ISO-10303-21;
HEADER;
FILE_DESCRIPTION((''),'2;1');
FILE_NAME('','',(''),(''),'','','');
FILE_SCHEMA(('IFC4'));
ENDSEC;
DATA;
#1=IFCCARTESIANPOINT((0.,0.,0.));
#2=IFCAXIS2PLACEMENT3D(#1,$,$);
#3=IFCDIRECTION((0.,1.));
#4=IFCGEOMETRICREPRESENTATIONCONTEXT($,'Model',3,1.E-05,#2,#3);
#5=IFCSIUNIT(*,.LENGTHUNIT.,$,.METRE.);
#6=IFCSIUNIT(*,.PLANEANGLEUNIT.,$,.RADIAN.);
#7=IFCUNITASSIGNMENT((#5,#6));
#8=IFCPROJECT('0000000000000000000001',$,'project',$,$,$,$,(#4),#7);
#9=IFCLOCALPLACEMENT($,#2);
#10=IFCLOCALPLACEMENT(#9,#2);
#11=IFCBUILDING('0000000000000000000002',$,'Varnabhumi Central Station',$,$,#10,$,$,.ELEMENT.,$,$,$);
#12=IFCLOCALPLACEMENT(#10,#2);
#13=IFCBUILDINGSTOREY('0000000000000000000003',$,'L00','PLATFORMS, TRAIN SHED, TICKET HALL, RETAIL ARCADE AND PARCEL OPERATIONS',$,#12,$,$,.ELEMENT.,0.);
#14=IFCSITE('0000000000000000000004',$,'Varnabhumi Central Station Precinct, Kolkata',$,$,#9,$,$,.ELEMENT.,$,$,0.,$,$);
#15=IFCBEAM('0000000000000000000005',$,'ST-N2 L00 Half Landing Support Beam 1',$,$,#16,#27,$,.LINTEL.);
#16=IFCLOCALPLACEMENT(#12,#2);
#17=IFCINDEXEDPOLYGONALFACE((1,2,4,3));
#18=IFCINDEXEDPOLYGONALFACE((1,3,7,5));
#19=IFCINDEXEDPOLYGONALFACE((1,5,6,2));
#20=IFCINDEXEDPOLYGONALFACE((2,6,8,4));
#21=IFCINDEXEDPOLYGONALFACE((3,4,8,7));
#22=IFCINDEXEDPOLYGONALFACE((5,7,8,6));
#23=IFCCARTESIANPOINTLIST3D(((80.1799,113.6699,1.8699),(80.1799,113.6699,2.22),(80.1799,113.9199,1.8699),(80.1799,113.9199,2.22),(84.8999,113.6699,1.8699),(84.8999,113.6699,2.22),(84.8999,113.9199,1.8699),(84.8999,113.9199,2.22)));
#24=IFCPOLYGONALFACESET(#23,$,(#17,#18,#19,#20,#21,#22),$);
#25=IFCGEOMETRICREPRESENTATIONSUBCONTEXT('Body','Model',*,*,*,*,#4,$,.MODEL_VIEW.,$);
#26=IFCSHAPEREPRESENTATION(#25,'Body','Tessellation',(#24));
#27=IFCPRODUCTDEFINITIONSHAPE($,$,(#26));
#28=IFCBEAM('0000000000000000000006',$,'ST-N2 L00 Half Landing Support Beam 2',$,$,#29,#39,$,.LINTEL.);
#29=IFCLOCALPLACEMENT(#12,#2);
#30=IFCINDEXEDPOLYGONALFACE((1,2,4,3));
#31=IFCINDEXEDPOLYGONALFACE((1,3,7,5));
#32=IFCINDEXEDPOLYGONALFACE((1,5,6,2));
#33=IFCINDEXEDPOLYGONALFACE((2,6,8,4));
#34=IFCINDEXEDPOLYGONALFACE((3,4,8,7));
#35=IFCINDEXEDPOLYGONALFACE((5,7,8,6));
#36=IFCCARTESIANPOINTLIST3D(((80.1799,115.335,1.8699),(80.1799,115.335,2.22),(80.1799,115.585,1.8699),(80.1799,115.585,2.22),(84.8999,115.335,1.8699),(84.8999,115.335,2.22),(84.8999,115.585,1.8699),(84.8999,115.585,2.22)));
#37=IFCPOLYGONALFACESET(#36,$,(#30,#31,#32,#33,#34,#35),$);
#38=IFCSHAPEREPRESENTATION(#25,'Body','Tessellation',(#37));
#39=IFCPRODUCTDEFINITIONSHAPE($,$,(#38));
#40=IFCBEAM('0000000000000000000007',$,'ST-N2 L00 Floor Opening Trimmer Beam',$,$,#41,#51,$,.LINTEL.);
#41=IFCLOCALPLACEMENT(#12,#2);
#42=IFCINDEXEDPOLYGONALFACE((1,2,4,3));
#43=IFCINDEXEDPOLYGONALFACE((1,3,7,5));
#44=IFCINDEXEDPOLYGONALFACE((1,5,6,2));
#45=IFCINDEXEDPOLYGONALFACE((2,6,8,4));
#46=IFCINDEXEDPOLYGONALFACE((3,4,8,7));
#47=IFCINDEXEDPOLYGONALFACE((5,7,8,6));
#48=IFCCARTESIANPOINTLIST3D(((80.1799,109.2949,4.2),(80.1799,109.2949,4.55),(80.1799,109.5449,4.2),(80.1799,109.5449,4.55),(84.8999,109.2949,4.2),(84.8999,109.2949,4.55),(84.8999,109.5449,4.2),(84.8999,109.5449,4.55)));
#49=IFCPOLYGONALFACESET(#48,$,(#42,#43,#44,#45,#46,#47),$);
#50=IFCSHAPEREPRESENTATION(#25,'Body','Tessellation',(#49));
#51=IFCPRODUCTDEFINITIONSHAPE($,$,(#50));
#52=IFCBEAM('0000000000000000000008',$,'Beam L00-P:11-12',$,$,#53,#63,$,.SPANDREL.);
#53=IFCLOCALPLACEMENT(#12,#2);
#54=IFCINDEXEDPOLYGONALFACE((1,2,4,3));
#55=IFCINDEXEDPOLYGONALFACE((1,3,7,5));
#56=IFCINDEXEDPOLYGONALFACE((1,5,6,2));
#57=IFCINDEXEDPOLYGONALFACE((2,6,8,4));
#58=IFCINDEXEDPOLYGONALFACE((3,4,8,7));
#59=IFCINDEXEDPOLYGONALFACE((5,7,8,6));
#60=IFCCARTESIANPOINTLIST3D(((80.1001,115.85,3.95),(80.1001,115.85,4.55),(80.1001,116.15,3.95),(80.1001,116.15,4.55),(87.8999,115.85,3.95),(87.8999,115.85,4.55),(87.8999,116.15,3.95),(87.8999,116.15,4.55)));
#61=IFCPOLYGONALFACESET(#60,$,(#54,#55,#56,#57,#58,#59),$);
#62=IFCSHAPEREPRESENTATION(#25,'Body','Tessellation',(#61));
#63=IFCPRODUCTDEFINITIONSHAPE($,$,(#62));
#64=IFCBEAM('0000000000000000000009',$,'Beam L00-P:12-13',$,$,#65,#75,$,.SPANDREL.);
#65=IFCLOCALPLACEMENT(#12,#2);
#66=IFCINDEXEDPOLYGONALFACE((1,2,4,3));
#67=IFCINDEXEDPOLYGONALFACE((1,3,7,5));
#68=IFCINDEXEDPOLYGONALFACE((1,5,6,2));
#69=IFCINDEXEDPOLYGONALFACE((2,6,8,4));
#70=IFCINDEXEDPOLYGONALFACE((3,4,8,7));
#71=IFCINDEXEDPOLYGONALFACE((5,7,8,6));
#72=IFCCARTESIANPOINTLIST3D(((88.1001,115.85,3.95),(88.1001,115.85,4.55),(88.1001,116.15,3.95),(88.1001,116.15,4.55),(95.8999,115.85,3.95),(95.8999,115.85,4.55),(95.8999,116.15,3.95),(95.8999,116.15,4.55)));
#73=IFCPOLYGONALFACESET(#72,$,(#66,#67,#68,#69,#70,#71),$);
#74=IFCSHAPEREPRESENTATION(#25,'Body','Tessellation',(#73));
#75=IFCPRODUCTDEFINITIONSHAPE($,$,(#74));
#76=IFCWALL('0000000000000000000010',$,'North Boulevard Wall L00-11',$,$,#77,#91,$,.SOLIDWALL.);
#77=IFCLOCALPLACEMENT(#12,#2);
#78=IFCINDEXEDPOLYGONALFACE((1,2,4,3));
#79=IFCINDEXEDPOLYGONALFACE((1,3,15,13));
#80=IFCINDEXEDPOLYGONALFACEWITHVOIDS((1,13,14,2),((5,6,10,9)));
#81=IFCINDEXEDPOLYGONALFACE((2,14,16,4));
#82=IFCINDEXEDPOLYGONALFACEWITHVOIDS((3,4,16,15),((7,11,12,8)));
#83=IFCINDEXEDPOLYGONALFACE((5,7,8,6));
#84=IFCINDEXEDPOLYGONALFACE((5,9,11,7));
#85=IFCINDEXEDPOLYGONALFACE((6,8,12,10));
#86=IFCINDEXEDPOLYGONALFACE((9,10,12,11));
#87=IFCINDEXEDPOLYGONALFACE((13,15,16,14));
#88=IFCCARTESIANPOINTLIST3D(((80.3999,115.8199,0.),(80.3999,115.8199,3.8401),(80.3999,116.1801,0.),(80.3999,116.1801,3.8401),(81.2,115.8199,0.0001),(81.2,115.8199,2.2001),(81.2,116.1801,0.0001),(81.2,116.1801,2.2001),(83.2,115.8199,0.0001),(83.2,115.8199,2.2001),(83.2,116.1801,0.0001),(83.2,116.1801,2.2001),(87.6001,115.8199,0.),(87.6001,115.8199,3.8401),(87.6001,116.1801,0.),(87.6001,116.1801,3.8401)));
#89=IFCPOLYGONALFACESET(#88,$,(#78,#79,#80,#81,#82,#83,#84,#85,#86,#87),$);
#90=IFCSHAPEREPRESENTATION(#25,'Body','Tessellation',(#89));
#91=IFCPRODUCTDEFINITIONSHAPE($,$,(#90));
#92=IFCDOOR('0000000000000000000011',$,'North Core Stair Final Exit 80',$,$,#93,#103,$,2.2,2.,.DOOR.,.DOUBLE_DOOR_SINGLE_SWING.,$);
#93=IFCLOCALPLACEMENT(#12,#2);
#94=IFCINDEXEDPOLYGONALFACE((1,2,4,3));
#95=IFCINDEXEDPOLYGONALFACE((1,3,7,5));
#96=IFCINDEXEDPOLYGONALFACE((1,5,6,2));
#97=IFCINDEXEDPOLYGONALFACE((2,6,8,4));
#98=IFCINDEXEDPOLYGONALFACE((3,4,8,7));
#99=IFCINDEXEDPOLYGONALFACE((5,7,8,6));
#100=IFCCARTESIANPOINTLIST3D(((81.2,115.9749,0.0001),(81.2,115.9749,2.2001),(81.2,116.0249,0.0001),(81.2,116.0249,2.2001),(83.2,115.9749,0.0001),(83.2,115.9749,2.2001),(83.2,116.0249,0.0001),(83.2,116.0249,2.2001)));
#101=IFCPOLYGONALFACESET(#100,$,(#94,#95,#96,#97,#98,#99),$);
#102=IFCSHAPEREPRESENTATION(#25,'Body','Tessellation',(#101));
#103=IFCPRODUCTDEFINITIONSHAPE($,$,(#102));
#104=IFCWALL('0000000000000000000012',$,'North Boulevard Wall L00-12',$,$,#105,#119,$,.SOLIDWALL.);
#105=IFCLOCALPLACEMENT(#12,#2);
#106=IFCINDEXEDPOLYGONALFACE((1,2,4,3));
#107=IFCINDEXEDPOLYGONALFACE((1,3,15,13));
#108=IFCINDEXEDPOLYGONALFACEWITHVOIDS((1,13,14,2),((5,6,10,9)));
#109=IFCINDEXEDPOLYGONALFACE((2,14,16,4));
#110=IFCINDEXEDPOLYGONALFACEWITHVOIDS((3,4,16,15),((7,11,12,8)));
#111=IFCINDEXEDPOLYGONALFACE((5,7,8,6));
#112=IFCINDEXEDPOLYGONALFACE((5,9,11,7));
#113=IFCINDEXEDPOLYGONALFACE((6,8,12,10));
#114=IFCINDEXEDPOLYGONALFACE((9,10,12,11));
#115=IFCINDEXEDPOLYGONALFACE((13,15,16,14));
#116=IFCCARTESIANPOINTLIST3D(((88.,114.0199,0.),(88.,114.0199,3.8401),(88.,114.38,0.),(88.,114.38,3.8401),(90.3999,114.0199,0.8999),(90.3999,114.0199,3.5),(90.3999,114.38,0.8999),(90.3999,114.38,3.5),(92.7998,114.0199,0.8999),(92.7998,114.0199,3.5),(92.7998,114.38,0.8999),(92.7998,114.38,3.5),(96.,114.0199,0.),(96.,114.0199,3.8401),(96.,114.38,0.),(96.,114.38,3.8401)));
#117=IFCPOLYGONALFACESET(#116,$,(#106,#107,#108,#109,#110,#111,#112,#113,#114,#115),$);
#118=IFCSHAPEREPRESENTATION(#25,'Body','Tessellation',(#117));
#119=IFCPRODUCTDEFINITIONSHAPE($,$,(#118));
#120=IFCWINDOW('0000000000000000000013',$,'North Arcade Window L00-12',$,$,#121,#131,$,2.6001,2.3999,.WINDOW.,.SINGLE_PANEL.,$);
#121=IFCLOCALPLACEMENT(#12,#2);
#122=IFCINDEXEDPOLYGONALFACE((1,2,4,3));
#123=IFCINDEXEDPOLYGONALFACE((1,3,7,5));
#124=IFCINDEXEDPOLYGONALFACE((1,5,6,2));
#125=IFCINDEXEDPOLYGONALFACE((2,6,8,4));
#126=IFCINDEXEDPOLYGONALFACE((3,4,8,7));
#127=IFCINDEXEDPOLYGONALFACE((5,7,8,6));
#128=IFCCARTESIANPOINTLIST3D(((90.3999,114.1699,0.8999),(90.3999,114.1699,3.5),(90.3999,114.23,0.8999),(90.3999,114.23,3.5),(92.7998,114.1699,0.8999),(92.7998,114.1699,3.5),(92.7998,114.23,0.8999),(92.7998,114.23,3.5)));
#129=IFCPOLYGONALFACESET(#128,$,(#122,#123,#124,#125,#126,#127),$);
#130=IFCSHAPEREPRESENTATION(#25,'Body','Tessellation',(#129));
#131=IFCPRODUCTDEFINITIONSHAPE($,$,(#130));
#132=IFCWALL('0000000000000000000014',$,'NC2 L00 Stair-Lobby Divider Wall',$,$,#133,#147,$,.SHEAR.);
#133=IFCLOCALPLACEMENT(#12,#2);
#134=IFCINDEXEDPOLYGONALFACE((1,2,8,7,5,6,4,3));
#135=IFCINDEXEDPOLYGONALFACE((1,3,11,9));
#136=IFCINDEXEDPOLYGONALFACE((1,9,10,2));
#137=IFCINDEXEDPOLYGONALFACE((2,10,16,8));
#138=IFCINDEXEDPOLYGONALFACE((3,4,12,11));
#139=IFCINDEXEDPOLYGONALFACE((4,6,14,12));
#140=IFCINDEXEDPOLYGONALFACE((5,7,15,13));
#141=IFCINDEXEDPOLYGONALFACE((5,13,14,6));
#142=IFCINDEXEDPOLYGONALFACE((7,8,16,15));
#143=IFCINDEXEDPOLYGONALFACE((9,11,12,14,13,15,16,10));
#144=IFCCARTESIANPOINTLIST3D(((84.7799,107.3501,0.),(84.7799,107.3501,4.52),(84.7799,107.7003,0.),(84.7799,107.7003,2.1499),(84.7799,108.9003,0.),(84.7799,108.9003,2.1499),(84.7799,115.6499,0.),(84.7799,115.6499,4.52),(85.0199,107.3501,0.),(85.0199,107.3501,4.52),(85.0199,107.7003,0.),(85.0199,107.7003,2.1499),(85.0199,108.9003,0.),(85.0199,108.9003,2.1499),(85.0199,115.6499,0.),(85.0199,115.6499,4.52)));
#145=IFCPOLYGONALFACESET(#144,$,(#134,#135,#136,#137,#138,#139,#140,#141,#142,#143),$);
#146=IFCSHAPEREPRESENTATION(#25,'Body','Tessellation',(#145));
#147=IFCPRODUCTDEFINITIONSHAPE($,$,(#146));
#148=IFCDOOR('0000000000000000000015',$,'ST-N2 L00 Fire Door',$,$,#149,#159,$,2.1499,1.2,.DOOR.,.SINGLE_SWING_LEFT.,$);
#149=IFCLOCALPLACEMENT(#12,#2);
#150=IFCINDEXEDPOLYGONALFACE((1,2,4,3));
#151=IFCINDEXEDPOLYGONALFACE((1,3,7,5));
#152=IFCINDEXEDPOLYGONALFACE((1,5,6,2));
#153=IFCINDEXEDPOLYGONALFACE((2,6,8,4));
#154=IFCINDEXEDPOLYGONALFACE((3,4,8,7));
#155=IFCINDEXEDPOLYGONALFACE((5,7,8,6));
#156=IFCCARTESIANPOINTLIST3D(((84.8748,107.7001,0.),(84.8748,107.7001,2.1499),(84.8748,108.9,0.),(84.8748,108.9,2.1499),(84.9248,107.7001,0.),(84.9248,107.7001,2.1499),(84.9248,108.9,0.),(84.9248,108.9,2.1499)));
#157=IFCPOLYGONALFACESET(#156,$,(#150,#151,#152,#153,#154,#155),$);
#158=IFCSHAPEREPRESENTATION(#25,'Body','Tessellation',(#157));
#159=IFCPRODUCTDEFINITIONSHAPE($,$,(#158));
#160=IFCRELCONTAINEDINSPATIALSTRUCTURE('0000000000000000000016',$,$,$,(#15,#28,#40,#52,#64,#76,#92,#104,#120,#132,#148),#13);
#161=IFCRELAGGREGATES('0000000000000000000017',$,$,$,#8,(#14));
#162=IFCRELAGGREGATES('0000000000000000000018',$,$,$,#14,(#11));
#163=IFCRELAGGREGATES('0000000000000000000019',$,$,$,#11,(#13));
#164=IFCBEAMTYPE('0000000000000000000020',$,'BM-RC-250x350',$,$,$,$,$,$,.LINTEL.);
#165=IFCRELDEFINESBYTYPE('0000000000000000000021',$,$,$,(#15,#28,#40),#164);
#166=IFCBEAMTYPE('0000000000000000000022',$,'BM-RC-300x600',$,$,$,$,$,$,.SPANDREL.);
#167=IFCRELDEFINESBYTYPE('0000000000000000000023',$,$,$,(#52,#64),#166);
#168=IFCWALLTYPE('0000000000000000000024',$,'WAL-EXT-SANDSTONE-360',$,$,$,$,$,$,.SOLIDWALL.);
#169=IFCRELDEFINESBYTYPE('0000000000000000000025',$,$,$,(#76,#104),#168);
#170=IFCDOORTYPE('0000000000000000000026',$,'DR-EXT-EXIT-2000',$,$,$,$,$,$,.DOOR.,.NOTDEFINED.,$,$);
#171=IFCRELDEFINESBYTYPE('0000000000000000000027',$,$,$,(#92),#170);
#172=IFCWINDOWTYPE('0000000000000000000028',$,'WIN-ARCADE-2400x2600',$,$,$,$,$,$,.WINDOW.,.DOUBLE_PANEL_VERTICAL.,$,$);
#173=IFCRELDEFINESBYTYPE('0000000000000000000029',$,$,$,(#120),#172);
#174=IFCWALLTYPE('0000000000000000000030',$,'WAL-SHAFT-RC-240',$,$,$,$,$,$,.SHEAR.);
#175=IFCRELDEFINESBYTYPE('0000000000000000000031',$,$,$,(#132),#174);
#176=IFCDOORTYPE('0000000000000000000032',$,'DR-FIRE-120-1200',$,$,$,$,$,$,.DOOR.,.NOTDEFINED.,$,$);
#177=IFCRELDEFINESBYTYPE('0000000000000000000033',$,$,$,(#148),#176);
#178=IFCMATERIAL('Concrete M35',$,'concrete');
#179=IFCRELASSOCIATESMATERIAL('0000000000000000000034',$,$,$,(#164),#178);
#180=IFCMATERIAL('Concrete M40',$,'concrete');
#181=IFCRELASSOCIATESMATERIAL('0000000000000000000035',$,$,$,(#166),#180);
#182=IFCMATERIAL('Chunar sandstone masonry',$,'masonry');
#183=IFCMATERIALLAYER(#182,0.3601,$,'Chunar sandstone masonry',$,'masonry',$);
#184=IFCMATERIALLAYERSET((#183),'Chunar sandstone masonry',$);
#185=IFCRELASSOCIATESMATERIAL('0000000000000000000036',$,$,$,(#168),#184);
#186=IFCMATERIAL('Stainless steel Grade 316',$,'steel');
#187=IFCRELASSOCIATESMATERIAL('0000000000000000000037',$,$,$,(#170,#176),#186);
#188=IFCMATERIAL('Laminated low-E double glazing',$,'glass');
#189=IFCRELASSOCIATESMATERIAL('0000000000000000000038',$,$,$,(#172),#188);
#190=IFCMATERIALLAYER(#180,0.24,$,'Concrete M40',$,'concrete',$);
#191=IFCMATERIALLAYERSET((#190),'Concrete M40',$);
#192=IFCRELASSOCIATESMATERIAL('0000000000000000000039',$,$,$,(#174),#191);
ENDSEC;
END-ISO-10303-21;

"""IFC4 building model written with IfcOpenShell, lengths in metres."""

from ifc_helpers import new_model, si_unit, direction, frame, frame_2d, origin, origin_2d, place, context, subcontext, project, spatial, rectangle, extrude, material, layer, layer_set, material_profile, profile_set, type_object, element, fill, save


model = new_model("IFC4")

# Units and contexts
model_context = context("Model", 3, precision=1e-05, world=origin(), true_north=direction((0.0, 1.0)))
body_context = subcontext(model_context, "Body", "Model", "MODEL_VIEW")
ifc_project = project(units=[si_unit("LENGTHUNIT", "METRE"), si_unit("PLANEANGLEUNIT", "RADIAN")], contexts=[model_context])

# Site, building, storey
site_placement = place(None, origin())
site = spatial("IfcSite", under=ifc_project, at=site_placement, Name="Varnabhumi Central Station Precinct, Kolkata", CompositionType="ELEMENT", RefElevation=0.0)
building_placement = place(site_placement, origin())
building = spatial("IfcBuilding", under=site, at=building_placement, Name="Varnabhumi Central Station", CompositionType="ELEMENT")
storey_placement = place(building_placement, origin())
storey = spatial("IfcBuildingStorey", under=building, at=storey_placement, Name="L00", Description="PLATFORMS, TRAIN SHED, TICKET HALL, RETAIL ARCADE AND PARCEL OPERATIONS", CompositionType="ELEMENT", Elevation=0.0)

# Shared definitions
ifc_material_1 = material(Name="Concrete M40", Category="concrete")

# Shared definitions
ifc_material_2 = material(Name="Concrete M35", Category="concrete")

# Beams
ifc_material_profile_1 = material_profile(ifc_material_2, rectangle(XDim=0.25, YDim=0.3501, at=origin_2d()), Name="Concrete M35", Category="concrete")
ifc_profile_set_1 = profile_set([ifc_material_profile_1], Name="Concrete M35")
beam_type_1 = type_object("IfcBeamType", Name="BM-RC-250x350", PredefinedType="LINTEL", material=ifc_profile_set_1)
for number, where, z_axis, x_axis, name in (
    (1, (80.1799, 113.7949, 2.0449), (1.0, 0.0, 0.0), (0.0, 1.0, 0.0), "ST-N2 L00 Half Landing Support Beam 1"),
    (2, (80.1799, 115.46, 2.0449), (1.0, 0.0, 0.0), (0.0, 1.0, 0.0), "ST-N2 L00 Half Landing Support Beam 2"),
    (3, (80.1799, 109.4199, 4.375), (1.0, 0.0, 0.0), (0.0, 1.0, 0.0), "ST-N2 L00 Floor Opening Trimmer Beam"),
):
    element("IfcBeam", number, at=place(storey_placement, frame(where, z_axis=z_axis, x_axis=x_axis)), inside=storey, type_object=beam_type_1, Name=name, PredefinedType="LINTEL", context=body_context, shape_type="SweptSolid", body=[
        extrude(rectangle(XDim=0.25, YDim=0.3501, at=origin_2d()), origin(), (0.0, 0.0, 1.0), 4.72),
    ])
ifc_material_profile_2 = material_profile(ifc_material_1, rectangle(XDim=0.3, YDim=0.6001, at=origin_2d()), Name="Concrete M40", Category="concrete")
ifc_profile_set_2 = profile_set([ifc_material_profile_2], Name="Concrete M40")
beam_type_2 = type_object("IfcBeamType", Name="BM-RC-300x600", PredefinedType="SPANDREL", material=ifc_profile_set_2)
for number, where, z_axis, x_axis, name in (
    (4, (80.1001, 116.0, 4.25), (1.0, 0.0, 0.0), (0.0, 1.0, 0.0), "Beam L00-P:11-12"),
    (5, (88.1001, 116.0, 4.25), (1.0, 0.0, 0.0), (0.0, 1.0, 0.0), "Beam L00-P:12-13"),
):
    element("IfcBeam", number, at=place(storey_placement, frame(where, z_axis=z_axis, x_axis=x_axis)), inside=storey, type_object=beam_type_2, Name=name, PredefinedType="SPANDREL", context=body_context, shape_type="SweptSolid", body=[
        extrude(rectangle(XDim=0.3, YDim=0.6001, at=origin_2d()), origin(), (0.0, 0.0, 1.0), 7.7998),
    ])

# Wall, opening, door
ifc_material_3 = material(Name="Chunar sandstone masonry", Category="masonry")
ifc_layer_1 = layer(ifc_material_3, 0.3601, Name="Chunar sandstone masonry", Category="masonry")
ifc_layer_set_1 = layer_set([ifc_layer_1], Name="Chunar sandstone masonry")
wall_type_1 = type_object("IfcWallType", Name="WAL-EXT-SANDSTONE-360", PredefinedType="SOLIDWALL", material=ifc_layer_set_1)
wall_1_placement = place(storey_placement, frame((80.3999, 116.0, 0.0), z_axis=(0.0, 0.0, 1.0), x_axis=(1.0, 0.0, 0.0)))
wall_1 = element("IfcWall", 6, at=wall_1_placement, inside=storey, type_object=wall_type_1, Name="North Boulevard Wall L00-11", PredefinedType="SOLIDWALL", context=body_context, shape_type="SweptSolid", body=[
    extrude(rectangle(XDim=7.2002, YDim=0.3601, at=frame_2d((3.6001, 0.0))), origin(), (0.0, 0.0, 1.0), 3.8401),
])
opening_1_placement = place(wall_1_placement, frame((0.8, 0.0, 0.0)))
opening_1 = element("IfcOpeningElement", 7, at=opening_1_placement, cuts=wall_1, PredefinedType="OPENING", context=body_context, shape_type="SweptSolid", body=[
    extrude(rectangle(XDim=2.0, YDim=2.2, at=frame_2d((1.0, 1.1001))), frame((0.0, 0.1899, 0.0), z_axis=(0.0, -1.0, 0.0), x_axis=(1.0, 0.0, 0.0)), (0.0, 0.0, 1.0), 0.3801),
])
ifc_material_4 = material(Name="Stainless steel Grade 316", Category="steel")
door_type_1 = type_object("IfcDoorType", Name="DR-EXT-EXIT-2000", OperationType="NOTDEFINED", PredefinedType="DOOR", material=ifc_material_4)
door_1_placement = place(opening_1_placement, origin())
door_1 = element("IfcDoor", 8, at=door_1_placement, inside=storey, type_object=door_type_1, Name="North Core Stair Final Exit 80", OperationType="DOUBLE_DOOR_SINGLE_SWING", OverallHeight=2.2, OverallWidth=2.0, PredefinedType="DOOR", context=body_context, shape_type="SweptSolid", body=[
    extrude(rectangle(XDim=2.0, YDim=2.2, at=frame_2d((1.0, 1.1001))), frame((0.0, 0.0249, 0.0), z_axis=(0.0, -1.0, 0.0), x_axis=(1.0, 0.0, 0.0)), (0.0, 0.0, 1.0), 0.05),
])
fill(opening_1, door_1)

# Wall, opening, window
wall_2_placement = place(storey_placement, frame((88.0, 114.2, 0.0), z_axis=(0.0, 0.0, 1.0), x_axis=(1.0, 0.0, 0.0)))
wall_2 = element("IfcWall", 9, at=wall_2_placement, inside=storey, type_object=wall_type_1, Name="North Boulevard Wall L00-12", PredefinedType="SOLIDWALL", context=body_context, shape_type="SweptSolid", body=[
    extrude(rectangle(XDim=8.0, YDim=0.3601, at=frame_2d((4.0, 0.0))), origin(), (0.0, 0.0, 1.0), 3.8401),
])
opening_2_placement = place(wall_2_placement, frame((2.3999, 0.0, 0.8999)))
opening_2 = element("IfcOpeningElement", 10, at=opening_2_placement, cuts=wall_2, PredefinedType="OPENING", context=body_context, shape_type="SweptSolid", body=[
    extrude(rectangle(XDim=2.3999, YDim=2.6001, at=frame_2d((1.2, 1.3))), frame((0.0, 0.1899, 0.0), z_axis=(0.0, -1.0, 0.0), x_axis=(1.0, 0.0, 0.0)), (0.0, 0.0, 1.0), 0.3801),
])
ifc_material_5 = material(Name="Laminated low-E double glazing", Category="glass")
window_type = type_object("IfcWindowType", Name="WIN-ARCADE-2400x2600", PartitioningType="DOUBLE_PANEL_VERTICAL", PredefinedType="WINDOW", material=ifc_material_5)
window_placement = place(opening_2_placement, origin())
window = element("IfcWindow", 11, at=window_placement, inside=storey, type_object=window_type, Name="North Arcade Window L00-12", OverallHeight=2.6001, OverallWidth=2.3999, PartitioningType="SINGLE_PANEL", PredefinedType="WINDOW", context=body_context, shape_type="SweptSolid", body=[
    extrude(rectangle(XDim=2.3999, YDim=2.6001, at=frame_2d((1.2, 1.3))), frame((0.0, 0.03, 0.0), z_axis=(0.0, -1.0, 0.0), x_axis=(1.0, 0.0, 0.0)), (0.0, 0.0, 1.0), 0.0601),
])
fill(opening_2, window)

# Wall, opening, door
ifc_layer_2 = layer(ifc_material_1, 0.24, Name="Concrete M40", Category="concrete")
ifc_layer_set_2 = layer_set([ifc_layer_2], Name="Concrete M40")
wall_type_2 = type_object("IfcWallType", Name="WAL-SHAFT-RC-240", PredefinedType="SHEAR", material=ifc_layer_set_2)
wall_3_placement = place(storey_placement, frame((84.8999, 107.3501, 0.0), z_axis=(0.0, 0.0, 1.0), x_axis=(0.0, 1.0, 0.0)))
wall_3 = element("IfcWall", 12, at=wall_3_placement, inside=storey, type_object=wall_type_2, Name="NC2 L00 Stair-Lobby Divider Wall", PredefinedType="SHEAR", context=body_context, shape_type="SweptSolid", body=[
    extrude(rectangle(XDim=8.2998, YDim=0.24, at=frame_2d((4.1499, 0.0))), origin(), (0.0, 0.0, 1.0), 4.52),
])
opening_3_placement = place(wall_3_placement, frame((0.3501, 0.0, 0.0)))
opening_3 = element("IfcOpeningElement", 13, at=opening_3_placement, cuts=wall_3, PredefinedType="OPENING", context=body_context, shape_type="SweptSolid", body=[
    extrude(rectangle(XDim=1.2, YDim=2.1499, at=frame_2d((0.6001, 1.075))), frame((0.0, 0.1299, 0.0), z_axis=(0.0, -1.0, 0.0), x_axis=(1.0, 0.0, 0.0)), (0.0, 0.0, 1.0), 0.26),
])
door_type_2 = type_object("IfcDoorType", Name="DR-FIRE-120-1200", OperationType="NOTDEFINED", PredefinedType="DOOR", material=ifc_material_4)
door_2_placement = place(opening_3_placement, frame((1.2, 0.0, 0.0), z_axis=(0.0, 0.0, 1.0), x_axis=(-1.0, 0.0, 0.0)))
door_2 = element("IfcDoor", 14, at=door_2_placement, inside=storey, type_object=door_type_2, Name="ST-N2 L00 Fire Door", OperationType="SINGLE_SWING_LEFT", OverallHeight=2.1499, OverallWidth=1.2, PredefinedType="DOOR", context=body_context, shape_type="SweptSolid", body=[
    extrude(rectangle(XDim=1.2, YDim=2.1499, at=frame_2d((0.6001, 1.075))), frame((0.0, 0.0249, 0.0), z_axis=(0.0, -1.0, 0.0), x_axis=(1.0, 0.0, 0.0)), (0.0, 0.0, 1.0), 0.05),
])
fill(opening_3, door_2)

save(model, "model.ifc")
